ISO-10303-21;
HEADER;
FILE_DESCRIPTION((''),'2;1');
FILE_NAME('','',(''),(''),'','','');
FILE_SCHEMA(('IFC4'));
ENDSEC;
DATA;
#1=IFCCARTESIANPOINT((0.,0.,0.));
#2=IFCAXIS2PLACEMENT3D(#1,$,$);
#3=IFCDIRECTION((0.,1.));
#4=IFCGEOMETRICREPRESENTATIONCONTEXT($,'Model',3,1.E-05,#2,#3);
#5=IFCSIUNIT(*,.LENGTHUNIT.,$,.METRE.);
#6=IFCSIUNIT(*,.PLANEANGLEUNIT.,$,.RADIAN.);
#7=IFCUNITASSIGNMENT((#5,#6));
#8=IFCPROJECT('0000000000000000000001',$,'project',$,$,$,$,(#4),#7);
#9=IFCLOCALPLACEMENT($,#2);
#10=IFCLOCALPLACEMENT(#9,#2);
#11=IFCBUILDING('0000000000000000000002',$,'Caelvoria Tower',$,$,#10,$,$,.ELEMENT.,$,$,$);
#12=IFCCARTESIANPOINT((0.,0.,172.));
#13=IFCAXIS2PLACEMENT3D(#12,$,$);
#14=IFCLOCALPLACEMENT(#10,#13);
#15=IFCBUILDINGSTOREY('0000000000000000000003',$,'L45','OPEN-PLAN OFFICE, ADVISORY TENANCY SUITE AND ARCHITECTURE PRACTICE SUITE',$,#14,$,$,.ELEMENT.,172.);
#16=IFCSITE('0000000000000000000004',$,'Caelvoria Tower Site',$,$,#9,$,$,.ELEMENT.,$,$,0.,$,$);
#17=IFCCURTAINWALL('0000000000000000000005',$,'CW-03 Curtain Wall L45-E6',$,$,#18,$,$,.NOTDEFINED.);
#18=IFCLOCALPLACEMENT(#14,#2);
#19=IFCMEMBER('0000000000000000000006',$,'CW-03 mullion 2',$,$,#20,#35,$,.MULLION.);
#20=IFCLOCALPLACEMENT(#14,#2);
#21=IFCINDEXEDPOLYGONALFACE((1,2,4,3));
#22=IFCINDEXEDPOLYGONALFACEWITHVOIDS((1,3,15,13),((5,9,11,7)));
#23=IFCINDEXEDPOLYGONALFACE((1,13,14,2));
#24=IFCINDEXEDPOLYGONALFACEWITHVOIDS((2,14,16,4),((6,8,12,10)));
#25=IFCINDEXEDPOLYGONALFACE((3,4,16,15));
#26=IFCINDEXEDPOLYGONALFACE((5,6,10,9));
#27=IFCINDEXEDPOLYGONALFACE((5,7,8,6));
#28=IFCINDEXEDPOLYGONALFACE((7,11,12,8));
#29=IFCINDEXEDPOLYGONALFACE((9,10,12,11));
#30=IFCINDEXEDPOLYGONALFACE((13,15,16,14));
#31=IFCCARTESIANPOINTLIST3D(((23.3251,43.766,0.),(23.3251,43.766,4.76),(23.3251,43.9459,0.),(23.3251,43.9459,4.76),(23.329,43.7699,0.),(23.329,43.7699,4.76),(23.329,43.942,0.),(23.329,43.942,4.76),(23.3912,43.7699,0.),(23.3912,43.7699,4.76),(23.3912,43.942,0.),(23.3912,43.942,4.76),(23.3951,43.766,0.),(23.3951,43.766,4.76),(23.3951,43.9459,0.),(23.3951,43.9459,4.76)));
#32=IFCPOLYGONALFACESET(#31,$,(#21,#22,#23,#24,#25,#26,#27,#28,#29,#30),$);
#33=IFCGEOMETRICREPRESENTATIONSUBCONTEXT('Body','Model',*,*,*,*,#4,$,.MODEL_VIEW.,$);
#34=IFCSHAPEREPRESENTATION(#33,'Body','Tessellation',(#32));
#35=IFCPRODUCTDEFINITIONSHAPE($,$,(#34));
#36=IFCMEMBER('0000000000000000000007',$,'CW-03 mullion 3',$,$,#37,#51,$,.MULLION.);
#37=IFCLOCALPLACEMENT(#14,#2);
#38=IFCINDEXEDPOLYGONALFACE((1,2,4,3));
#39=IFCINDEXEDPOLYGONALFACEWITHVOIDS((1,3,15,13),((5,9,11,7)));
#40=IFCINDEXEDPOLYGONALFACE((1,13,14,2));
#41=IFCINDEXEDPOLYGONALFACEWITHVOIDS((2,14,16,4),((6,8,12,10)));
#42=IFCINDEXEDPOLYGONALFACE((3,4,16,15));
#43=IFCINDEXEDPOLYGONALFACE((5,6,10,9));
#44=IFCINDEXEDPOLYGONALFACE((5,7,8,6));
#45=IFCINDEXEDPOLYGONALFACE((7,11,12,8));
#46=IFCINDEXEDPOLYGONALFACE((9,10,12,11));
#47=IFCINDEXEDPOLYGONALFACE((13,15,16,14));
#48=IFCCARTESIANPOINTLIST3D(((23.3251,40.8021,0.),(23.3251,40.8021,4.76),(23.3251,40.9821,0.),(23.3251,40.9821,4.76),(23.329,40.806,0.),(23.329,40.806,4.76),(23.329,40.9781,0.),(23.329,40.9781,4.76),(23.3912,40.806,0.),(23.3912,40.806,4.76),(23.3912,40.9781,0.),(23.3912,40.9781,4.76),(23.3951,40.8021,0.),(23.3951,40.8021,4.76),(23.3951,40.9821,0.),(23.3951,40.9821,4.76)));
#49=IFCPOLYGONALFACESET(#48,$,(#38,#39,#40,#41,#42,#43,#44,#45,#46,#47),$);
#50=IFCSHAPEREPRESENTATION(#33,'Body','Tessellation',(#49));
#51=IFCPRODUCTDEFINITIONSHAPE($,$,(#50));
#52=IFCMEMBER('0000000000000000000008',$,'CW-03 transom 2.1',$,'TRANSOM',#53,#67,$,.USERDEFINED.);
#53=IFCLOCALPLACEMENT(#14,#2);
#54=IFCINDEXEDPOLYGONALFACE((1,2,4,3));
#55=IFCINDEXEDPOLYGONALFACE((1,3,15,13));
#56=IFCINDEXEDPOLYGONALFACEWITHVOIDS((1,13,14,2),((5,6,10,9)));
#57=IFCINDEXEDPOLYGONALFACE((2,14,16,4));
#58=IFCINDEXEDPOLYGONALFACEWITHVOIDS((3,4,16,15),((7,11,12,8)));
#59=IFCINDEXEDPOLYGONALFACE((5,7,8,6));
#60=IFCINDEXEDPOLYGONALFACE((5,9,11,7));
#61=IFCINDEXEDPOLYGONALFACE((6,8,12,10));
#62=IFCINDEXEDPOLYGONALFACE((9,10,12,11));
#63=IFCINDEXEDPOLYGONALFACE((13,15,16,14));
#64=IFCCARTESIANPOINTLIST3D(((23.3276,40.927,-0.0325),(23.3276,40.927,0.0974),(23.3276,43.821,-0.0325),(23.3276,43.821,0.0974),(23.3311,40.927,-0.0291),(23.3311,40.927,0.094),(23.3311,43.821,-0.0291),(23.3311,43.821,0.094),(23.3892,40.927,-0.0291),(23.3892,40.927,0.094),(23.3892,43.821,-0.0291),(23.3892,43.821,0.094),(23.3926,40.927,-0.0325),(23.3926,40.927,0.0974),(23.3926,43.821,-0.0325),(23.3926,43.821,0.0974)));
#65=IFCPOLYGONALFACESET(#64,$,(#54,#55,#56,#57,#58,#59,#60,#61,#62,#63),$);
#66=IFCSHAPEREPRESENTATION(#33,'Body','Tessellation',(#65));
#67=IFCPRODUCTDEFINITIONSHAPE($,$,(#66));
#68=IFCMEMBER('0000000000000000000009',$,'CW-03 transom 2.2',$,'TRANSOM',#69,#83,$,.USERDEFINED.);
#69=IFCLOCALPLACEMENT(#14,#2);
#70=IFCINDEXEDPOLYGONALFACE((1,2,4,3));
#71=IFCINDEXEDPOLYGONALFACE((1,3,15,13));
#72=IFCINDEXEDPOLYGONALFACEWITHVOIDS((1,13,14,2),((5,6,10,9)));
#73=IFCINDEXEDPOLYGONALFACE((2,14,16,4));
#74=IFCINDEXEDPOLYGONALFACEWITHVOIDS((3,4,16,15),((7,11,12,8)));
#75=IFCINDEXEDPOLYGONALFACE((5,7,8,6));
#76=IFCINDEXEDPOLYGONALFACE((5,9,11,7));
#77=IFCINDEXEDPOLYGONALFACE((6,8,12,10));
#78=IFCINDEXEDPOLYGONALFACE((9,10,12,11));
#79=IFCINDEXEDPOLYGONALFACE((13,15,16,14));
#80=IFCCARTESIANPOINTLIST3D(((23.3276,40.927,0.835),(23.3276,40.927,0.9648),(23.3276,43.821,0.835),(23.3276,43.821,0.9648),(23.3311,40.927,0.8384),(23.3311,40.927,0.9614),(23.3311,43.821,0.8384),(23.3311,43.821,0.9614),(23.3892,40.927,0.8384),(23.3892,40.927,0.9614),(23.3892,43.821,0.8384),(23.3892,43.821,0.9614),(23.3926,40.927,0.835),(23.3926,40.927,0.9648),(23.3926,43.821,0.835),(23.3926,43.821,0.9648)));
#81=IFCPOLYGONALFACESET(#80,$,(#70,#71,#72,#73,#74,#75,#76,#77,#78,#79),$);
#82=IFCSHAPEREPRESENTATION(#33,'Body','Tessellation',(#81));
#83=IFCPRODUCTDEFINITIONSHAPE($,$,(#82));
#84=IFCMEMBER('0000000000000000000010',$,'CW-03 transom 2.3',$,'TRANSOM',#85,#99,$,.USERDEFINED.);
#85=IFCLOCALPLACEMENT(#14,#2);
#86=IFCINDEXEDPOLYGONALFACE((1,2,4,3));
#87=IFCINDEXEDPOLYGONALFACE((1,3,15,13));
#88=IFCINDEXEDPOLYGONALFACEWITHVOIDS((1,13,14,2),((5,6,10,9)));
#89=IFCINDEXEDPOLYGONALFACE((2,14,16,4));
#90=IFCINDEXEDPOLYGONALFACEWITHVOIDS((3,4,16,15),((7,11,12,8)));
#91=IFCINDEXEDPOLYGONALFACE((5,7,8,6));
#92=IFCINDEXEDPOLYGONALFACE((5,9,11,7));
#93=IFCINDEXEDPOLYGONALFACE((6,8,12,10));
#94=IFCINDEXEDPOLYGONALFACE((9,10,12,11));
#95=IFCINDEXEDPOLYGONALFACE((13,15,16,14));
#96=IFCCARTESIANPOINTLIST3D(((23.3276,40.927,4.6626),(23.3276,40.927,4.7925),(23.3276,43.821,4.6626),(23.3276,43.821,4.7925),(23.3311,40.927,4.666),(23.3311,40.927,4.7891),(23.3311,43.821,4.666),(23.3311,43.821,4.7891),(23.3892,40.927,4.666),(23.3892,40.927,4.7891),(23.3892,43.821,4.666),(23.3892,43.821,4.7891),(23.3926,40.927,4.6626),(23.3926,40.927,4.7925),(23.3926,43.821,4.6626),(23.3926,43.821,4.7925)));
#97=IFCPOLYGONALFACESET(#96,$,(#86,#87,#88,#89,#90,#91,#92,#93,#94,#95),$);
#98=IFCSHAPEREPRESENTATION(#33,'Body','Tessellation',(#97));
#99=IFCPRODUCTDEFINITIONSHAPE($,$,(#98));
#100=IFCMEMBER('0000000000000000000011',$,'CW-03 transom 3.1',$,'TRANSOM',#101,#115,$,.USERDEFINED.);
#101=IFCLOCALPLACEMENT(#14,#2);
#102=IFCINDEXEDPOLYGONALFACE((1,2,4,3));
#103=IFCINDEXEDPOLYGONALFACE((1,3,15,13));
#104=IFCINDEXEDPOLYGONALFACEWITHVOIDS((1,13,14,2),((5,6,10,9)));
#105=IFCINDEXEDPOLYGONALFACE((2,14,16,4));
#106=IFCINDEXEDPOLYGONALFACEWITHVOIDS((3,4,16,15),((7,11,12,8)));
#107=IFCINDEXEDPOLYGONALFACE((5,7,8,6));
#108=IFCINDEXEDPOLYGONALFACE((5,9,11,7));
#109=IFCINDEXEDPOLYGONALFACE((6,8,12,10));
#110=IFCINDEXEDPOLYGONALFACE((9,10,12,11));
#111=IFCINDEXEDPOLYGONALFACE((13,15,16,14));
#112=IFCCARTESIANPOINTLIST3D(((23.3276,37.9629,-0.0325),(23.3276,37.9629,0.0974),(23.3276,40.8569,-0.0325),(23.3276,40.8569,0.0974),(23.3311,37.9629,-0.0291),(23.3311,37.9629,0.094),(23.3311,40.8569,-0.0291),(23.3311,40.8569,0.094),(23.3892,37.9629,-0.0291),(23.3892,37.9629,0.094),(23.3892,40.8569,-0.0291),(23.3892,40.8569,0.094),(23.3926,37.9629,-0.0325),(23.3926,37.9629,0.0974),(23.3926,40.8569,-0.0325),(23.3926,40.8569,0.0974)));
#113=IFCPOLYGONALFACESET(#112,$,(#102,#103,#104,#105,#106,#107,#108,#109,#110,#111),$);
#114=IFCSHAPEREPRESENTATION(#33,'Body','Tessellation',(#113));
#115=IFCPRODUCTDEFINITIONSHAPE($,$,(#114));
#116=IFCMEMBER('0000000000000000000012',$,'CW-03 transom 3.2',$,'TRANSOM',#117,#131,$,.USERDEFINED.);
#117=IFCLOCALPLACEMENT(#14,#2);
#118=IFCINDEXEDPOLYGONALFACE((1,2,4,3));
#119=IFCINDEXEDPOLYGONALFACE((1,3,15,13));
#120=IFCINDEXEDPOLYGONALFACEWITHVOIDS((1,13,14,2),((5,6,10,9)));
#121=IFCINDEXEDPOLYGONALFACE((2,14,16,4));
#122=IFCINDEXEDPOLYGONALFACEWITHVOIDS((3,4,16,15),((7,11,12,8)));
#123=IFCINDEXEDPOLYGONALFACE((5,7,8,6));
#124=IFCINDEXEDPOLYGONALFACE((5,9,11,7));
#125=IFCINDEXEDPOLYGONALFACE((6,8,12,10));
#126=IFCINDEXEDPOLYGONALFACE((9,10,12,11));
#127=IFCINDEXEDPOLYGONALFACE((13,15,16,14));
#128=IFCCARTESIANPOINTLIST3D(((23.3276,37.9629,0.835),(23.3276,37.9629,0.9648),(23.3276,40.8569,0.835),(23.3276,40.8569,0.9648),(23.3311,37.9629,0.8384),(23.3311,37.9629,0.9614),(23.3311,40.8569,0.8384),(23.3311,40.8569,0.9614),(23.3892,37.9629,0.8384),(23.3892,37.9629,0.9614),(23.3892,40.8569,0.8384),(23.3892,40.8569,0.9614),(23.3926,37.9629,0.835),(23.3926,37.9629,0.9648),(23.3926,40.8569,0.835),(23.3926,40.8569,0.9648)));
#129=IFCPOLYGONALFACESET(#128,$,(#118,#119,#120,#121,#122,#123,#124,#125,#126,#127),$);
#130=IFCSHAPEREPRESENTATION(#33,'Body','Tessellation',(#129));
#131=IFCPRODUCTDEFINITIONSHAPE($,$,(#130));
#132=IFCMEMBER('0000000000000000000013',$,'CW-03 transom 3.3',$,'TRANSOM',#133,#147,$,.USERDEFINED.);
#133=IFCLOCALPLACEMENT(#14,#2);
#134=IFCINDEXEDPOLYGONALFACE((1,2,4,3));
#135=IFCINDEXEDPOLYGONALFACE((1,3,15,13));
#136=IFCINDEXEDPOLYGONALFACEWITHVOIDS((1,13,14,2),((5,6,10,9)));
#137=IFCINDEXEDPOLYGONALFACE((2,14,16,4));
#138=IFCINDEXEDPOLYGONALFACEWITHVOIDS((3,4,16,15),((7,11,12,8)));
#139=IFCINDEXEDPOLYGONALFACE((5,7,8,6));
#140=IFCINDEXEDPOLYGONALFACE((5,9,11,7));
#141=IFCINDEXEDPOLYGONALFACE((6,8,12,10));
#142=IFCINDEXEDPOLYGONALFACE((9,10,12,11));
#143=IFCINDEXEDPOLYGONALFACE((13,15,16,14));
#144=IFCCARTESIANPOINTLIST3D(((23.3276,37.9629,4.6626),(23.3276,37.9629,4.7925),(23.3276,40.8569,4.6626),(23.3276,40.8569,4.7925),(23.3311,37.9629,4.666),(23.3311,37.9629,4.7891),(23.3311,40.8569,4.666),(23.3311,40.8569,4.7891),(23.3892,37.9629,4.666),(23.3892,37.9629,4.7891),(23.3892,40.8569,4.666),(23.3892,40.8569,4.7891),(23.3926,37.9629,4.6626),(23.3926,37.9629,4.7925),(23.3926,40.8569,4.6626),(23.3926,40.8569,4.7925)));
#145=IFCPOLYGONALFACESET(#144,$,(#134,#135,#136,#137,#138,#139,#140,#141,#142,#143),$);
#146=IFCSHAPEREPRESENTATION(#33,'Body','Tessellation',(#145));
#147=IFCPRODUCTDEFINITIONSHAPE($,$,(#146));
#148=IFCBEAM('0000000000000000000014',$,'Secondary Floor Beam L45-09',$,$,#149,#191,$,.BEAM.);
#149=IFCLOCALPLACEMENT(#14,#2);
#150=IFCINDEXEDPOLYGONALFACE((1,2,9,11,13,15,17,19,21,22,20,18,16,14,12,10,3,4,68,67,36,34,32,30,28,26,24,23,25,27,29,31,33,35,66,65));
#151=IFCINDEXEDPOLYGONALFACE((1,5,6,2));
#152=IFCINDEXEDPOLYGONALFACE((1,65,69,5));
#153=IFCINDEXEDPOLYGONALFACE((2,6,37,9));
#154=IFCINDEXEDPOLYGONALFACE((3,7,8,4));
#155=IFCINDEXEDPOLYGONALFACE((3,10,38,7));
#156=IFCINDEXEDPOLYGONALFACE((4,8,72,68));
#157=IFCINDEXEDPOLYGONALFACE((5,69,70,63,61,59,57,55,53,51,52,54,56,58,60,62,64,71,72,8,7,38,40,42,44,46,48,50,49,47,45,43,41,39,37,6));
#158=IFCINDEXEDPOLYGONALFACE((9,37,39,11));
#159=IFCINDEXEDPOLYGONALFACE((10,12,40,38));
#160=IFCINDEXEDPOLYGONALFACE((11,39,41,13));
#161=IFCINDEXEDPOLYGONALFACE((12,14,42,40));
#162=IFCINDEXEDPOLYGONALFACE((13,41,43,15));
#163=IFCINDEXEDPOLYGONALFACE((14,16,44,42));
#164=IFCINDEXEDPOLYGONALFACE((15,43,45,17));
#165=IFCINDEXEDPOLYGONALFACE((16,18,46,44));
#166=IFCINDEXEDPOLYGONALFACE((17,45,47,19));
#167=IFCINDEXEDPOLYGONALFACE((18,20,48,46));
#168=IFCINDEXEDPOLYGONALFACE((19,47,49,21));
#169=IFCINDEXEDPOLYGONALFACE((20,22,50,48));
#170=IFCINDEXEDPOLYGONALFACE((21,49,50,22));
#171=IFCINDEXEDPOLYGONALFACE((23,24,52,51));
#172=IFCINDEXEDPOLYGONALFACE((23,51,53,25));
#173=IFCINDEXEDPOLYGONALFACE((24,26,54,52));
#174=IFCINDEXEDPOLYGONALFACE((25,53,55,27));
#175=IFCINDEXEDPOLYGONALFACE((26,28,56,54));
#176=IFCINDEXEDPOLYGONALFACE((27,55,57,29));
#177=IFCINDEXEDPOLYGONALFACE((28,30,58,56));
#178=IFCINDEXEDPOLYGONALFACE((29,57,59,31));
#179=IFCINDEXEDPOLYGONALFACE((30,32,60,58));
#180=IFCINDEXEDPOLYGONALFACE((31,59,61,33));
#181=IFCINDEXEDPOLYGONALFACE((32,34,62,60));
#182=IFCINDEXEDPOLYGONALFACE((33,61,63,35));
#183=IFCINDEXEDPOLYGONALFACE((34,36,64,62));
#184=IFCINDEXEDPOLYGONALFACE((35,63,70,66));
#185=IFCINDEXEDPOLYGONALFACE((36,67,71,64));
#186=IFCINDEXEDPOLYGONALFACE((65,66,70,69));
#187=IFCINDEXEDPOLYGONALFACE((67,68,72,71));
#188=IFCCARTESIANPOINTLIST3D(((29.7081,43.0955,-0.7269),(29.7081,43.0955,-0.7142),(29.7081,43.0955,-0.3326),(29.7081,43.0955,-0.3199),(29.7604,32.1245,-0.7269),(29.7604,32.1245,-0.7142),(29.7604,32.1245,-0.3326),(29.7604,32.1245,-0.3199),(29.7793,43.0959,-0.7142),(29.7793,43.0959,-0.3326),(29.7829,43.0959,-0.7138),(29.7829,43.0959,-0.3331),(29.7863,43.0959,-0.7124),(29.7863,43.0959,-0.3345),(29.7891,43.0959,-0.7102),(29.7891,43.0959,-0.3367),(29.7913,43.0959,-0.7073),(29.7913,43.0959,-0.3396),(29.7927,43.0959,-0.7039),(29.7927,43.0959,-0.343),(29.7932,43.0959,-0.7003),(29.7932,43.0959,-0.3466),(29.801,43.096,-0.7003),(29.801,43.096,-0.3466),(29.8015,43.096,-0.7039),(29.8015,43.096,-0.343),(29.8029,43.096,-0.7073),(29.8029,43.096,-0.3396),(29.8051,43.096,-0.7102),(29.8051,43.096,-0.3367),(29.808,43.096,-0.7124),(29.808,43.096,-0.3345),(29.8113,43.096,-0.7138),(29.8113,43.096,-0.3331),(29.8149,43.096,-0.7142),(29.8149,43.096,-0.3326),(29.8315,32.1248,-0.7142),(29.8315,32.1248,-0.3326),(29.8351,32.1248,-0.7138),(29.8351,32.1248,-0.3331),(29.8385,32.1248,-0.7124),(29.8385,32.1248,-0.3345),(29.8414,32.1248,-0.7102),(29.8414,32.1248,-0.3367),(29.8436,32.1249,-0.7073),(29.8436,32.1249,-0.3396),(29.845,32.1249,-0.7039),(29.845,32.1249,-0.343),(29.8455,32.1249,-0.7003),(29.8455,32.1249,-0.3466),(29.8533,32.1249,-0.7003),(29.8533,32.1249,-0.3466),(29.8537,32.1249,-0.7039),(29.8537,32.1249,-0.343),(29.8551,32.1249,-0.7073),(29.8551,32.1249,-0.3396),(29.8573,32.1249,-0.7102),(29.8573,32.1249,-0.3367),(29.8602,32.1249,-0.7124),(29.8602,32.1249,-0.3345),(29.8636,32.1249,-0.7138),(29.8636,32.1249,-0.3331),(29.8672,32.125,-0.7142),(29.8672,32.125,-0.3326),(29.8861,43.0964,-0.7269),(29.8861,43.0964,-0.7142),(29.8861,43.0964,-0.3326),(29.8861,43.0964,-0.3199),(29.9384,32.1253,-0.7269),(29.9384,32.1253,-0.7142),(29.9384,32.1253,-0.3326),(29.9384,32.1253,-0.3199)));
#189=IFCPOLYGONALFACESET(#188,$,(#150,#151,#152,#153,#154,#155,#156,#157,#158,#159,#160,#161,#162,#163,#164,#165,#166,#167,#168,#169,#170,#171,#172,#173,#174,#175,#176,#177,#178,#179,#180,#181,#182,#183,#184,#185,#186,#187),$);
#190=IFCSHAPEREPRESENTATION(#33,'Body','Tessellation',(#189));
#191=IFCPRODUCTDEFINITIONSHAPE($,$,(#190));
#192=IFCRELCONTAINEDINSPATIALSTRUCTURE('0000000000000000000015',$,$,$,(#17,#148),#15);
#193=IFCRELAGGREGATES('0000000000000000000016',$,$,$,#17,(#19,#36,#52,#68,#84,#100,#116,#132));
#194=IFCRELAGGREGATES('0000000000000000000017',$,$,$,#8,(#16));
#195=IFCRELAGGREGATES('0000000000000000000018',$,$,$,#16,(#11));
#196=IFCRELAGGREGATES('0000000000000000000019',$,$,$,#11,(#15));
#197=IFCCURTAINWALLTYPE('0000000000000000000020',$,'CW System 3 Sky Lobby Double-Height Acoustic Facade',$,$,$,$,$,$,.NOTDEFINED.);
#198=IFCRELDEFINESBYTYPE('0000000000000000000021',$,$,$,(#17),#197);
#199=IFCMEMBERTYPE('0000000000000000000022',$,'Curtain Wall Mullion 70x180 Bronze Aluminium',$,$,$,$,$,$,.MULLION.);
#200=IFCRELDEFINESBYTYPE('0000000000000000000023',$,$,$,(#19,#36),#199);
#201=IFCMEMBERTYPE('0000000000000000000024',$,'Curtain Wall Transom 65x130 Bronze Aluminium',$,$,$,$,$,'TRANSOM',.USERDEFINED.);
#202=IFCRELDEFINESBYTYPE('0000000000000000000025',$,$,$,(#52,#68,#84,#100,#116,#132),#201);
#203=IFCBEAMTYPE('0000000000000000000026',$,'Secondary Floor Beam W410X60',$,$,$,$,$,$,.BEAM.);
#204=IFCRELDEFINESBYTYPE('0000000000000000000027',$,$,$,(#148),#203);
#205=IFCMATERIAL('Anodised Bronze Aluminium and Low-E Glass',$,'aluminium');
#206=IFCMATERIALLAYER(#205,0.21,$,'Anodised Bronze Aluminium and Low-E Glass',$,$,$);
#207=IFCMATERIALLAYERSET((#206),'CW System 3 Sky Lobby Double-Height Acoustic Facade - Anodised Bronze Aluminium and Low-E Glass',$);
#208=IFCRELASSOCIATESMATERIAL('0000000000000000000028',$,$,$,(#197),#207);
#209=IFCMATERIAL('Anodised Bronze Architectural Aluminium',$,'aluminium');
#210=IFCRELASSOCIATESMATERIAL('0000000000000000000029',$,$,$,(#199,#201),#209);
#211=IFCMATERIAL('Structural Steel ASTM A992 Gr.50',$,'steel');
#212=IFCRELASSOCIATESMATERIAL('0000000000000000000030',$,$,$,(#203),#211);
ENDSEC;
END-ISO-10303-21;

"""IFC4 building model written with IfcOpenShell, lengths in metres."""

from ifc_helpers import new_model, si_unit, direction, frame, origin, origin_2d, place, context, subcontext, project, spatial, hollow_rectangle, i_section, extrude, material, layer, layer_set, material_profile, profile_set, type_object, element, aggregate, save


model = new_model("IFC4")

# Units and contexts
model_context = context("Model", 3, precision=1e-05, world=origin(), true_north=direction((0.0, 1.0)))
body_context = subcontext(model_context, "Body", "Model", "MODEL_VIEW")
ifc_project = project(units=[si_unit("LENGTHUNIT", "METRE"), si_unit("PLANEANGLEUNIT", "RADIAN")], contexts=[model_context])

# Site, building, storey
site_placement = place(None, origin())
site = spatial("IfcSite", under=ifc_project, at=site_placement, Name="Caelvoria Tower Site", CompositionType="ELEMENT", RefElevation=0.0)
building_placement = place(site_placement, origin())
building = spatial("IfcBuilding", under=site, at=building_placement, Name="Caelvoria Tower", CompositionType="ELEMENT")
storey_placement = place(building_placement, frame((0.0, 0.0, 172.0)))
storey = spatial("IfcBuildingStorey", under=building, at=storey_placement, Name="L45", Description="OPEN-PLAN OFFICE, ADVISORY TENANCY SUITE AND ARCHITECTURE PRACTICE SUITE", CompositionType="ELEMENT", Elevation=172.0)

# Curtain wall, members
ifc_material_1 = material(Name="Anodised Bronze Aluminium and Low-E Glass", Category="aluminium")
ifc_layer_1 = layer(ifc_material_1, 0.21, Name="Anodised Bronze Aluminium and Low-E Glass")
ifc_layer_set_1 = layer_set([ifc_layer_1], Name="CW System 3 Sky Lobby Double-Height Acoustic Facade - Anodised Bronze Aluminium and Low-E Glass")
curtain_wall_type = type_object("IfcCurtainWallType", Name="CW System 3 Sky Lobby Double-Height Acoustic Facade", PredefinedType="NOTDEFINED", material=ifc_layer_set_1)
curtain_wall_placement = place(storey_placement, origin())
curtain_wall = element("IfcCurtainWall", 1, at=curtain_wall_placement, inside=storey, type_object=curtain_wall_type, Name="CW-03 Curtain Wall L45-E6", PredefinedType="NOTDEFINED")
ifc_material_2 = material(Name="Anodised Bronze Architectural Aluminium", Category="aluminium")
ifc_material_profile_1 = material_profile(ifc_material_2, hollow_rectangle(XDim=0.0701, YDim=0.1799, WallThickness=0.0039, at=origin_2d()), Name="Anodised Bronze Architectural Aluminium")
ifc_profile_set_1 = profile_set([ifc_material_profile_1], Name="CW_MULL_70X180 - Anodised Bronze Architectural Aluminium")
member_type_1 = type_object("IfcMemberType", Name="Curtain Wall Mullion 70x180 Bronze Aluminium", PredefinedType="MULLION", material=ifc_profile_set_1)
member_1_placement = place(storey_placement, frame((23.3601, 43.856, 0.0), z_axis=(0.0, 0.0, 1.0), x_axis=(1.0, 0.0, 0.0)))
member_1 = element("IfcMember", 2, at=member_1_placement, type_object=member_type_1, Name="CW-03 mullion 2", PredefinedType="MULLION", context=body_context, shape_type="SweptSolid", body=[
    extrude(hollow_rectangle(XDim=0.0701, YDim=0.1799, WallThickness=0.0039, at=origin_2d()), origin(), (0.0, 0.0, 1.0), 4.76),
])
member_2_placement = place(storey_placement, frame((23.3601, 40.8921, 0.0), z_axis=(0.0, 0.0, 1.0), x_axis=(1.0, 0.0, 0.0)))
member_2 = element("IfcMember", 3, at=member_2_placement, type_object=member_type_1, Name="CW-03 mullion 3", PredefinedType="MULLION", context=body_context, shape_type="SweptSolid", body=[
    extrude(hollow_rectangle(XDim=0.0701, YDim=0.1799, WallThickness=0.0039, at=origin_2d()), origin(), (0.0, 0.0, 1.0), 4.76),
])
ifc_material_profile_2 = material_profile(ifc_material_2, hollow_rectangle(XDim=0.0649, YDim=0.1299, WallThickness=0.0034, at=origin_2d()), Name="Anodised Bronze Architectural Aluminium")
ifc_profile_set_2 = profile_set([ifc_material_profile_2], Name="CW_TRAN_65X130 - Anodised Bronze Architectural Aluminium")
member_type_2 = type_object("IfcMemberType", Name="Curtain Wall Transom 65x130 Bronze Aluminium", ElementType="TRANSOM", PredefinedType="USERDEFINED", material=ifc_profile_set_2)
member_3_placement = place(storey_placement, frame((23.3601, 43.821, 0.0325), z_axis=(0.0, -1.0, 0.0), x_axis=(1.0, 0.0, 0.0)))
member_3 = element("IfcMember", 4, at=member_3_placement, type_object=member_type_2, Name="CW-03 transom 2.1", ObjectType="TRANSOM", PredefinedType="USERDEFINED", context=body_context, shape_type="SweptSolid", body=[
    extrude(hollow_rectangle(XDim=0.0649, YDim=0.1299, WallThickness=0.0034, at=origin_2d()), origin(), (0.0, 0.0, 1.0), 2.894),
])
member_4_placement = place(storey_placement, frame((23.3601, 43.821, 0.8999), z_axis=(0.0, -1.0, 0.0), x_axis=(1.0, 0.0, 0.0)))
member_4 = element("IfcMember", 5, at=member_4_placement, type_object=member_type_2, Name="CW-03 transom 2.2", ObjectType="TRANSOM", PredefinedType="USERDEFINED", context=body_context, shape_type="SweptSolid", body=[
    extrude(hollow_rectangle(XDim=0.0649, YDim=0.1299, WallThickness=0.0034, at=origin_2d()), origin(), (0.0, 0.0, 1.0), 2.894),
])
member_5_placement = place(storey_placement, frame((23.3601, 43.821, 4.7275), z_axis=(0.0, -1.0, 0.0), x_axis=(1.0, 0.0, 0.0)))
member_5 = element("IfcMember", 6, at=member_5_placement, type_object=member_type_2, Name="CW-03 transom 2.3", ObjectType="TRANSOM", PredefinedType="USERDEFINED", context=body_context, shape_type="SweptSolid", body=[
    extrude(hollow_rectangle(XDim=0.0649, YDim=0.1299, WallThickness=0.0034, at=origin_2d()), origin(), (0.0, 0.0, 1.0), 2.894),
])
member_6_placement = place(storey_placement, frame((23.3601, 40.8569, 0.0325), z_axis=(0.0, -1.0, 0.0), x_axis=(1.0, 0.0, 0.0)))
member_6 = element("IfcMember", 7, at=member_6_placement, type_object=member_type_2, Name="CW-03 transom 3.1", ObjectType="TRANSOM", PredefinedType="USERDEFINED", context=body_context, shape_type="SweptSolid", body=[
    extrude(hollow_rectangle(XDim=0.0649, YDim=0.1299, WallThickness=0.0034, at=origin_2d()), origin(), (0.0, 0.0, 1.0), 2.894),
])
member_7_placement = place(storey_placement, frame((23.3601, 40.8569, 0.8999), z_axis=(0.0, -1.0, 0.0), x_axis=(1.0, 0.0, 0.0)))
member_7 = element("IfcMember", 8, at=member_7_placement, type_object=member_type_2, Name="CW-03 transom 3.2", ObjectType="TRANSOM", PredefinedType="USERDEFINED", context=body_context, shape_type="SweptSolid", body=[
    extrude(hollow_rectangle(XDim=0.0649, YDim=0.1299, WallThickness=0.0034, at=origin_2d()), origin(), (0.0, 0.0, 1.0), 2.894),
])
member_8_placement = place(storey_placement, frame((23.3601, 40.8569, 4.7275), z_axis=(0.0, -1.0, 0.0), x_axis=(1.0, 0.0, 0.0)))
member_8 = element("IfcMember", 9, at=member_8_placement, type_object=member_type_2, Name="CW-03 transom 3.3", ObjectType="TRANSOM", PredefinedType="USERDEFINED", context=body_context, shape_type="SweptSolid", body=[
    extrude(hollow_rectangle(XDim=0.0649, YDim=0.1299, WallThickness=0.0034, at=origin_2d()), origin(), (0.0, 0.0, 1.0), 2.894),
])

# Beam
ifc_material_3 = material(Name="Structural Steel ASTM A992 Gr.50", Category="steel")
ifc_material_profile_3 = material_profile(ifc_material_3, i_section(OverallWidth=0.178, OverallDepth=0.407, WebThickness=0.0078, FlangeThickness=0.0127, FilletRadius=0.0139, at=origin_2d()), Name="Structural Steel ASTM A992 Gr.50")
ifc_profile_set_3 = profile_set([ifc_material_profile_3], Name="W410X60 - Structural Steel ASTM A992 Gr.50")
beam_type = type_object("IfcBeamType", Name="Secondary Floor Beam W410X60", PredefinedType="BEAM", material=ifc_profile_set_3)
beam_placement = place(storey_placement, frame((29.7971, 43.0959, -0.5234), z_axis=(0.004762, -0.999989, 0.0), x_axis=(0.999989, 0.004762, 0.0)))
element("IfcBeam", 10, at=beam_placement, inside=storey, type_object=beam_type, Name="Secondary Floor Beam L45-09", PredefinedType="BEAM", context=body_context, shape_type="SweptSolid", body=[
    extrude(i_section(OverallWidth=0.178, OverallDepth=0.407, WebThickness=0.0078, FlangeThickness=0.0127, FilletRadius=0.0139, at=origin_2d()), origin(), (0.0, 0.0, 1.0), 10.9712),
])

aggregate(curtain_wall, [member_1, member_2, member_3, member_4, member_5, member_6, member_7, member_8])

save(model, "model.ifc")
